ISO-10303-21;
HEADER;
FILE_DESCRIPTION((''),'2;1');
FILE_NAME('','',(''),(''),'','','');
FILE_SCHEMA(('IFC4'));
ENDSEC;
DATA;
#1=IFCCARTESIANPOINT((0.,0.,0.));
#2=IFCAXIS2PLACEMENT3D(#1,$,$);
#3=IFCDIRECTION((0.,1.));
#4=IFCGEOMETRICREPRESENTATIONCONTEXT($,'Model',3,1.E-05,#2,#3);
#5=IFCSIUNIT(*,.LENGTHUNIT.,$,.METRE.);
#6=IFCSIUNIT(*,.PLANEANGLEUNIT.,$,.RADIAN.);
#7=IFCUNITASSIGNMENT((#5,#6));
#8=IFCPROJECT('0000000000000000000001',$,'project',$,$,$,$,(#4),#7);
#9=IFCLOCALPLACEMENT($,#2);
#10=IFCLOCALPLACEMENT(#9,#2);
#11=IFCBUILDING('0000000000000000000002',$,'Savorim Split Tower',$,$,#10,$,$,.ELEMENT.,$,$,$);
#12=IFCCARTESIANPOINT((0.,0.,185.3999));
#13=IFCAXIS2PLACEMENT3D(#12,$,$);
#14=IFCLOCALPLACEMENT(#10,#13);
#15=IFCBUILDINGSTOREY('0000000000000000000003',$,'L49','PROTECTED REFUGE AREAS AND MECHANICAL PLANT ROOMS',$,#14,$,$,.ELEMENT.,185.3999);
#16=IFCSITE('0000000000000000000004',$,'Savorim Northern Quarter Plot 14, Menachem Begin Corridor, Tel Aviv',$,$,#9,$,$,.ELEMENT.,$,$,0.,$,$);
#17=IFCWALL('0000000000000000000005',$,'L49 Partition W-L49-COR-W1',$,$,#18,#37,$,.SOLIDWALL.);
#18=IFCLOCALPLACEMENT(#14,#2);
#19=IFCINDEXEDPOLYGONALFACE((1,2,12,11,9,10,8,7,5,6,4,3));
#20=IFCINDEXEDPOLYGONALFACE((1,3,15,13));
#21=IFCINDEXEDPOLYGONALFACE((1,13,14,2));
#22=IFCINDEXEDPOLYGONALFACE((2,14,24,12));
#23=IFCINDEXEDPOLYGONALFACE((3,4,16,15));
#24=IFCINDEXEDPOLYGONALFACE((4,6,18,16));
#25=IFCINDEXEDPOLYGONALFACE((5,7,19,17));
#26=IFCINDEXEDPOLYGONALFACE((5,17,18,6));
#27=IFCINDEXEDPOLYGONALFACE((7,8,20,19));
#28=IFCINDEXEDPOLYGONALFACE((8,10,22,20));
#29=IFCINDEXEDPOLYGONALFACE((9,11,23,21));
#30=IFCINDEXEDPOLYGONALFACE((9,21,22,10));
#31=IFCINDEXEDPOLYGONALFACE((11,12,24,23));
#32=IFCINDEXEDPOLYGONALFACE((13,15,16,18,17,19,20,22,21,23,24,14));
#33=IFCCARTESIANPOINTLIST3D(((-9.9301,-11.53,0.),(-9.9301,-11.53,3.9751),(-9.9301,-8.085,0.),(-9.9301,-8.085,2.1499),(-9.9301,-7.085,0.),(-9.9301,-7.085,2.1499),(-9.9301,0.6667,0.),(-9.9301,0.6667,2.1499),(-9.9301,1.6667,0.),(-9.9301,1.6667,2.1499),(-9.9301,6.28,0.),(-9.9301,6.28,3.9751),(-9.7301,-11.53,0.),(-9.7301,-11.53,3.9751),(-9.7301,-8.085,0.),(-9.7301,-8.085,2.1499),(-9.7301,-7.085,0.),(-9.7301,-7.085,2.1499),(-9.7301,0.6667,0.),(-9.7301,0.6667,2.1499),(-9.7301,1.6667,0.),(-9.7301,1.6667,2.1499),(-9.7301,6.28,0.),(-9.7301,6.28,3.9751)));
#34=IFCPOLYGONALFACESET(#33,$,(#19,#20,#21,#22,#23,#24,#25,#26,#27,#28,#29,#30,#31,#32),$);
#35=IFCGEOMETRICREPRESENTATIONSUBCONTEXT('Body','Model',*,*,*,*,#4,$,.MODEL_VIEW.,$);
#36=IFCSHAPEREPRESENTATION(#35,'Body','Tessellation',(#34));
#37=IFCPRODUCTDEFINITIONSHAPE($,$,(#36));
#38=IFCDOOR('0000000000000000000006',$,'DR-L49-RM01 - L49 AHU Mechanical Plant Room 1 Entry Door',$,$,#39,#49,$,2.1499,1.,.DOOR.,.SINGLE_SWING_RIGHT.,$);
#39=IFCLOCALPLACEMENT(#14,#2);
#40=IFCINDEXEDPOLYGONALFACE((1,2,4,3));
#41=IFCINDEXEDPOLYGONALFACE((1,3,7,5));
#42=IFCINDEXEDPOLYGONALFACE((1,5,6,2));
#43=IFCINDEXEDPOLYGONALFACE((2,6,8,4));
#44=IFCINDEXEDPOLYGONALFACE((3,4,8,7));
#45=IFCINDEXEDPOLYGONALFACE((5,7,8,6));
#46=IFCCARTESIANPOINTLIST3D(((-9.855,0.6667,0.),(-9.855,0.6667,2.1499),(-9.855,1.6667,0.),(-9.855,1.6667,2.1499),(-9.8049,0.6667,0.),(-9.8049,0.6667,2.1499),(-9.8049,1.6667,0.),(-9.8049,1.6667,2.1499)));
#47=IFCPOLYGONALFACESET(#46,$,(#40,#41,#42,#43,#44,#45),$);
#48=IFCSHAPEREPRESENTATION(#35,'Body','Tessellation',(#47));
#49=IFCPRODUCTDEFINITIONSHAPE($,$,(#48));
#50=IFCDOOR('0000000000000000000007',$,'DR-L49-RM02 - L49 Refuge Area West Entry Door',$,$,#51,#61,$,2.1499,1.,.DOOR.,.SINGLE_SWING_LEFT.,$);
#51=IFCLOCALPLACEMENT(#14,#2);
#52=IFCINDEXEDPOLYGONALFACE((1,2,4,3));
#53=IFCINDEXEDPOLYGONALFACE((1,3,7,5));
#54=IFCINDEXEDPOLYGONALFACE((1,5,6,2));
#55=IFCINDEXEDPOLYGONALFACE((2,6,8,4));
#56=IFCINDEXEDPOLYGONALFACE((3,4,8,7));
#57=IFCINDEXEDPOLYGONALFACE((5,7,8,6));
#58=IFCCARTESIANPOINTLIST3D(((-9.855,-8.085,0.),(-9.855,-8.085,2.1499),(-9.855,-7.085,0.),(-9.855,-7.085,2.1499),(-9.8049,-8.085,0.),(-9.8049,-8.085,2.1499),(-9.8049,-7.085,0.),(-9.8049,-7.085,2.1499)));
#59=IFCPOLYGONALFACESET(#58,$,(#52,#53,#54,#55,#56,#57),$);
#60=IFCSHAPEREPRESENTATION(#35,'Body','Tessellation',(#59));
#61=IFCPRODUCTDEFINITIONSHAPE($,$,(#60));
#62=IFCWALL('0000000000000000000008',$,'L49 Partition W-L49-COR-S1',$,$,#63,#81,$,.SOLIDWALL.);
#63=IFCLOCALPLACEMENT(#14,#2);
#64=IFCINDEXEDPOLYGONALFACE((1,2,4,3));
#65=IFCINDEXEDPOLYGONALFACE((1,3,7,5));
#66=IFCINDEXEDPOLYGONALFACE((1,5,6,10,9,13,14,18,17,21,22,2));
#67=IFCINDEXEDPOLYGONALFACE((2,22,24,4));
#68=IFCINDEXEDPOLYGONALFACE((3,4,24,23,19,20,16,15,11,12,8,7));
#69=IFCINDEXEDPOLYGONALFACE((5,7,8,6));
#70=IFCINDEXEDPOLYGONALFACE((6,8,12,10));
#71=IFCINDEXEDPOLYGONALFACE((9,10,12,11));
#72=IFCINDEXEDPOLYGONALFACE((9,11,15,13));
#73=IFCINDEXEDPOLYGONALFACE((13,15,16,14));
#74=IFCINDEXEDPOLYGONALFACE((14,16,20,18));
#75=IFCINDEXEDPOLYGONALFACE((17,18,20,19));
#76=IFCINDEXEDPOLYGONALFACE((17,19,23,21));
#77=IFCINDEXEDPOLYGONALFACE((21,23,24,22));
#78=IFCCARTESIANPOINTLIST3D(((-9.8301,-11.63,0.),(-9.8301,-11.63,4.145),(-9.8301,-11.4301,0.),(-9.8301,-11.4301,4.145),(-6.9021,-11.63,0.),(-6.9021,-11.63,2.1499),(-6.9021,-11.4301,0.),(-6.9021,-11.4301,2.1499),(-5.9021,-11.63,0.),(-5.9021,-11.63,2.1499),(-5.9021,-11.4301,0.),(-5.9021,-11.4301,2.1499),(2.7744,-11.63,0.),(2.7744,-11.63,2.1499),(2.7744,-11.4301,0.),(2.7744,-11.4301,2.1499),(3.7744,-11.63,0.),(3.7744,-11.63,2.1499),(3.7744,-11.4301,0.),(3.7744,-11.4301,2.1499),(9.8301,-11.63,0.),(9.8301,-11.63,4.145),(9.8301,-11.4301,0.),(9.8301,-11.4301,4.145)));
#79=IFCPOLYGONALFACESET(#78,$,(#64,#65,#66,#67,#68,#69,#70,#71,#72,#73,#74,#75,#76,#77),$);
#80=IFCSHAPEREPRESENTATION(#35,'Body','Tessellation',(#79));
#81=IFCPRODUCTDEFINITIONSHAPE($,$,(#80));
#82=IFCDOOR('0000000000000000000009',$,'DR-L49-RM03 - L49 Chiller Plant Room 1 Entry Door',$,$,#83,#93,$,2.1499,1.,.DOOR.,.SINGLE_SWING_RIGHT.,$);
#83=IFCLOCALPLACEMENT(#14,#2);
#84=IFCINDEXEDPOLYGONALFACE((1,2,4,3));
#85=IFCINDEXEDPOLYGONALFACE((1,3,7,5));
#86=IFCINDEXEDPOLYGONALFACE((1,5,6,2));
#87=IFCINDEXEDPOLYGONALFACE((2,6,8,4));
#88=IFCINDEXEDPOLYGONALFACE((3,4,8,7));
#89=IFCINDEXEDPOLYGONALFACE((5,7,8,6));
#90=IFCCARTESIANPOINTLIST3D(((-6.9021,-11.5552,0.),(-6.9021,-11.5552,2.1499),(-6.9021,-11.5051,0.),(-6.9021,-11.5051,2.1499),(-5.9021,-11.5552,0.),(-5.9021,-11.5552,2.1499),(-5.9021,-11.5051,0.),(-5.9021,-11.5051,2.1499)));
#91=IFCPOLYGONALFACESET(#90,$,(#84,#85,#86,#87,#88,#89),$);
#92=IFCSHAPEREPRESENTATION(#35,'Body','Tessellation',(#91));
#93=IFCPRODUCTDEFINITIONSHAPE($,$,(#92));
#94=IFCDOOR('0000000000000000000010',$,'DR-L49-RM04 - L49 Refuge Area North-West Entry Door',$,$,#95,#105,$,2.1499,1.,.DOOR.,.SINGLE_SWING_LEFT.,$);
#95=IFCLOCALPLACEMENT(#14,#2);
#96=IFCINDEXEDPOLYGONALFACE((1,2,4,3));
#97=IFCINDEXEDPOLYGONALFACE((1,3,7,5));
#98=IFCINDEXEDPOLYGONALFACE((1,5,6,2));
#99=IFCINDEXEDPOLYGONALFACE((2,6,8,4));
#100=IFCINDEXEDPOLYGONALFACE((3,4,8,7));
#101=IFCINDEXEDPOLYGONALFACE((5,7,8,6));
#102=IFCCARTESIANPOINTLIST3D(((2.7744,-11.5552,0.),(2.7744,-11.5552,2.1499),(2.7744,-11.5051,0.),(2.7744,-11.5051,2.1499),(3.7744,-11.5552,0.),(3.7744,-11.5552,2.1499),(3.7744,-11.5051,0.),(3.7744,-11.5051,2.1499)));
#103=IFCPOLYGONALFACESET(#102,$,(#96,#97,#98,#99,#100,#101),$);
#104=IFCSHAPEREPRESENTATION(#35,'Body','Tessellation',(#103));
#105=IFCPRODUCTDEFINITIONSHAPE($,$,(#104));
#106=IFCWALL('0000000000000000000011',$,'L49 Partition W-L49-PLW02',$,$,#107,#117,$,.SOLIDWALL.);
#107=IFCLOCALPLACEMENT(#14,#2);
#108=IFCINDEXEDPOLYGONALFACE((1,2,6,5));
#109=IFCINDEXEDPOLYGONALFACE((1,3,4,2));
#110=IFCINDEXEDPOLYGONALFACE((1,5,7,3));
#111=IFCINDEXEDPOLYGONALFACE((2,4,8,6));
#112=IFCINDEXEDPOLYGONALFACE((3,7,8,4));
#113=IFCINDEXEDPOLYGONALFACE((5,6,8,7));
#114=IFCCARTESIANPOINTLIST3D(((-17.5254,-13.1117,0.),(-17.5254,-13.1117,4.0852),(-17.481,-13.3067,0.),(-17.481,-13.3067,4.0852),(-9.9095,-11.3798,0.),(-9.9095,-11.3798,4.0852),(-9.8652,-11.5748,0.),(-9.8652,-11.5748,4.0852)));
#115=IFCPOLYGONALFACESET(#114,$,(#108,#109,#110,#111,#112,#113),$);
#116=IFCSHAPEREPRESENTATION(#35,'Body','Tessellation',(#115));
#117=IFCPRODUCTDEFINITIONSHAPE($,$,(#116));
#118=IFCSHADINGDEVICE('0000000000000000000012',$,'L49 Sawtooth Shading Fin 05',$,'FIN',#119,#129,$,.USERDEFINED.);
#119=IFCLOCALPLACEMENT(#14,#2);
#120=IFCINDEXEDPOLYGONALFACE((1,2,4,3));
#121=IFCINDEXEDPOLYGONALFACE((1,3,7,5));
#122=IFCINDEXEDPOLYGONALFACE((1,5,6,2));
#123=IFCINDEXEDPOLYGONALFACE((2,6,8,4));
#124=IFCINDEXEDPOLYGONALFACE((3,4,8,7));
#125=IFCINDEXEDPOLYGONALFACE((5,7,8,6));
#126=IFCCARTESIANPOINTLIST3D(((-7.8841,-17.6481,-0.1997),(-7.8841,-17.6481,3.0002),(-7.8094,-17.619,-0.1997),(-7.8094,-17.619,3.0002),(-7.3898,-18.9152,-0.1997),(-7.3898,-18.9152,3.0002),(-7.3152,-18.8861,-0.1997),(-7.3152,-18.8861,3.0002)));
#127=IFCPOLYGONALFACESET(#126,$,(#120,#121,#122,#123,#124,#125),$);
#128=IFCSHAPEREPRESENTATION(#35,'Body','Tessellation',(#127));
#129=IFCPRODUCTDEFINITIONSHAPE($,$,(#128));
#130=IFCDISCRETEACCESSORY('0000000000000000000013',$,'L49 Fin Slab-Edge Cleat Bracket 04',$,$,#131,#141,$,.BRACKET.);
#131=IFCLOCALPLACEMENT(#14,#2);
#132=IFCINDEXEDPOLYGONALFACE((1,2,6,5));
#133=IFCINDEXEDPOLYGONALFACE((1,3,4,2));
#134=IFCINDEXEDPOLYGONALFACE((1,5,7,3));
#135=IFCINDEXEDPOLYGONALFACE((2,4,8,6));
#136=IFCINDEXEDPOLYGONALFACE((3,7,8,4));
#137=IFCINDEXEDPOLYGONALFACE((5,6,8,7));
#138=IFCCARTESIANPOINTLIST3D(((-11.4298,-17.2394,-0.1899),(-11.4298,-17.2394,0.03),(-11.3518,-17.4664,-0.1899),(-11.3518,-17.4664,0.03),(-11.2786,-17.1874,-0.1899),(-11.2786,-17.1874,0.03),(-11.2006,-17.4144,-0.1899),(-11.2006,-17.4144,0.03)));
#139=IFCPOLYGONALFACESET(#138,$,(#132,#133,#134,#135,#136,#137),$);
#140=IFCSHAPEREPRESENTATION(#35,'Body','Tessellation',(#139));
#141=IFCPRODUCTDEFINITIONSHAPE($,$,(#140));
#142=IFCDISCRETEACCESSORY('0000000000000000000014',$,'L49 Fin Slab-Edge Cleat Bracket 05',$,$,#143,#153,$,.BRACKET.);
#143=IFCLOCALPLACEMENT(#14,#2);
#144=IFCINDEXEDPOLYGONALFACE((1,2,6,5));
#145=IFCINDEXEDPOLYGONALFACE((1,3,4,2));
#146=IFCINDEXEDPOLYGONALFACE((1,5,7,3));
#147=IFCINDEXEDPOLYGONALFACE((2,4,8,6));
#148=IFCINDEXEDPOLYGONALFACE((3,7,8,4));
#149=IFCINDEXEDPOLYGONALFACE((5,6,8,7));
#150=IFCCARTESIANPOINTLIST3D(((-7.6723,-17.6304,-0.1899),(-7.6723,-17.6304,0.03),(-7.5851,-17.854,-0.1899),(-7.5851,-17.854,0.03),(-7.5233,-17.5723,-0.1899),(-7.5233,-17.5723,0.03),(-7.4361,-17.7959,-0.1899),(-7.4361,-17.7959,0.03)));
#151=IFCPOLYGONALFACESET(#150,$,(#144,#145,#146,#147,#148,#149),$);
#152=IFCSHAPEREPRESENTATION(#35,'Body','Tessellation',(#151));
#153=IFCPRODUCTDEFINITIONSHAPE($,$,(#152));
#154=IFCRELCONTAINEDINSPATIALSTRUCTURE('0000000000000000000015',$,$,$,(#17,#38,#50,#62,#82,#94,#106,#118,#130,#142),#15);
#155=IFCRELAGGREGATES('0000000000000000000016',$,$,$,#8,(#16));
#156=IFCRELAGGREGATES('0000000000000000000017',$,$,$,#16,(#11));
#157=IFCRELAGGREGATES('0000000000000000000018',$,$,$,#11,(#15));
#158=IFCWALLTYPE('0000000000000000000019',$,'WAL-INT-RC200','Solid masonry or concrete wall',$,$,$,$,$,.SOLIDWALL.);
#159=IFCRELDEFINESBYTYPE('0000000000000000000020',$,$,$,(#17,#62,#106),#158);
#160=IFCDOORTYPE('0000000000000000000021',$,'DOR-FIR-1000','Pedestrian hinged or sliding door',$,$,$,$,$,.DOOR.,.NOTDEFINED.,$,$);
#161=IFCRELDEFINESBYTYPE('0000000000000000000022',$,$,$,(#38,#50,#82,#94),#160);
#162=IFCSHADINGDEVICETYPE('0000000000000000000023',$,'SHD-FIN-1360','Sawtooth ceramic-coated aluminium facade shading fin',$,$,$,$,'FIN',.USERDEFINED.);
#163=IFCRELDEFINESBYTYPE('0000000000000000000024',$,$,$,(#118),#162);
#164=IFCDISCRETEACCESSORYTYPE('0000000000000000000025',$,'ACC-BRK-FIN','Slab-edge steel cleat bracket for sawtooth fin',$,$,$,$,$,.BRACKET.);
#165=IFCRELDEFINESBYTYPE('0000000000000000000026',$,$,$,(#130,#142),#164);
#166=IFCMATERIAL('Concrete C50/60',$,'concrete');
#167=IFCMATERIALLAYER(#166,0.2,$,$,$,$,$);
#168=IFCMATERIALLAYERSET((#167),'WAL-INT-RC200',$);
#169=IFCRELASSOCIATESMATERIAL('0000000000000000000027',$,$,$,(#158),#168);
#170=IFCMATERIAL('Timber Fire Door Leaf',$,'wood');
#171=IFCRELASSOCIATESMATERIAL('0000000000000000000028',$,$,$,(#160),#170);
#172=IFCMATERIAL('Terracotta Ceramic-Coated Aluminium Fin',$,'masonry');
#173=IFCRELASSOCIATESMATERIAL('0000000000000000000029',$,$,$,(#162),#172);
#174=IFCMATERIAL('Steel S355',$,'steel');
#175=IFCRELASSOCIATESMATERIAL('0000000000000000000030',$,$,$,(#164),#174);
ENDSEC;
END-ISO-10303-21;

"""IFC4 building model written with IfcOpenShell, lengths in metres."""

from ifc_helpers import new_model, si_unit, direction, frame, frame_2d, origin, origin_2d, place, context, subcontext, project, spatial, rectangle, extrude, material, layer, layer_set, type_object, element, fill, save


model = new_model("IFC4")

# Units and contexts
model_context = context("Model", 3, precision=1e-05, world=origin(), true_north=direction((0.0, 1.0)))
body_context = subcontext(model_context, "Body", "Model", "MODEL_VIEW")
ifc_project = project(units=[si_unit("LENGTHUNIT", "METRE"), si_unit("PLANEANGLEUNIT", "RADIAN")], contexts=[model_context])

# Site, building, storey
site_placement = place(None, origin())
site = spatial("IfcSite", under=ifc_project, at=site_placement, Name="Savorim Northern Quarter Plot 14, Menachem Begin Corridor, Tel Aviv", CompositionType="ELEMENT", RefElevation=0.0)
building_placement = place(site_placement, origin())
building = spatial("IfcBuilding", under=site, at=building_placement, Name="Savorim Split Tower", CompositionType="ELEMENT")
storey_placement = place(building_placement, frame((0.0, 0.0, 185.3999)))
storey = spatial("IfcBuildingStorey", under=building, at=storey_placement, Name="L49", Description="PROTECTED REFUGE AREAS AND MECHANICAL PLANT ROOMS", CompositionType="ELEMENT", Elevation=185.3999)

# Shared definitions
ifc_material_1 = material(Name="Steel S355", Category="steel")

# Shared definitions
ifc_material_2 = material(Name="Timber Fire Door Leaf", Category="wood")

# Walls, openings, doors
ifc_material_3 = material(Name="Concrete C50/60", Category="concrete")
ifc_layer_1 = layer(ifc_material_3, 0.2)
ifc_layer_set_1 = layer_set([ifc_layer_1], Name="WAL-INT-RC200")
wall_type_1 = type_object("IfcWallType", Name="WAL-INT-RC200", Description="Solid masonry or concrete wall", PredefinedType="SOLIDWALL", material=ifc_layer_set_1)
wall_1_placement = place(storey_placement, frame((-9.8301, -11.53, 0.0), z_axis=(0.0, 0.0, 1.0), x_axis=(0.0, 1.0, 0.0)))
wall_1 = element("IfcWall", 1, at=wall_1_placement, inside=storey, type_object=wall_type_1, Name="L49 Partition W-L49-COR-W1", PredefinedType="SOLIDWALL", context=body_context, shape_type="SweptSolid", body=[
    extrude(rectangle(XDim=17.8101, YDim=0.2, at=frame_2d((8.905, 0.0))), origin(), (0.0, 0.0, 1.0), 3.9751),
])
opening_1_placement = place(wall_1_placement, frame((12.1968, 0.0, 0.0)))
opening_1 = element("IfcOpeningElement", 2, at=opening_1_placement, cuts=wall_1, PredefinedType="OPENING", context=body_context, shape_type="SweptSolid", body=[
    extrude(rectangle(XDim=1.0, YDim=2.1499, at=frame_2d((0.5, 1.075))), frame((0.0, 0.1099, 0.0), z_axis=(0.0, -1.0, 0.0), x_axis=(1.0, 0.0, 0.0)), (0.0, 0.0, 1.0), 0.22),
])
opening_2_placement = place(wall_1_placement, frame((3.4451, 0.0, 0.0)))
opening_2 = element("IfcOpeningElement", 3, at=opening_2_placement, cuts=wall_1, PredefinedType="OPENING", context=body_context, shape_type="SweptSolid", body=[
    extrude(rectangle(XDim=1.0, YDim=2.1499, at=frame_2d((0.5, 1.075))), frame((0.0, 0.1099, 0.0), z_axis=(0.0, -1.0, 0.0), x_axis=(1.0, 0.0, 0.0)), (0.0, 0.0, 1.0), 0.22),
])
door_type_1 = type_object("IfcDoorType", Name="DOR-FIR-1000", Description="Pedestrian hinged or sliding door", OperationType="NOTDEFINED", PredefinedType="DOOR", material=ifc_material_2)
door_1_placement = place(opening_1_placement, origin())
door_1 = element("IfcDoor", 4, at=door_1_placement, inside=storey, type_object=door_type_1, Name="DR-L49-RM01 - L49 AHU Mechanical Plant Room 1 Entry Door", OperationType="SINGLE_SWING_RIGHT", OverallHeight=2.1499, OverallWidth=1.0, PredefinedType="DOOR", context=body_context, shape_type="SweptSolid", body=[
    extrude(rectangle(XDim=1.0, YDim=2.1499, at=frame_2d((0.5, 1.075))), frame((0.0, 0.0249, 0.0), z_axis=(0.0, -1.0, 0.0), x_axis=(1.0, 0.0, 0.0)), (0.0, 0.0, 1.0), 0.05),
])
fill(opening_1, door_1)
door_2_placement = place(opening_2_placement, origin())
door_2 = element("IfcDoor", 5, at=door_2_placement, inside=storey, type_object=door_type_1, Name="DR-L49-RM02 - L49 Refuge Area West Entry Door", OperationType="SINGLE_SWING_LEFT", OverallHeight=2.1499, OverallWidth=1.0, PredefinedType="DOOR", context=body_context, shape_type="SweptSolid", body=[
    extrude(rectangle(XDim=1.0, YDim=2.1499, at=frame_2d((0.5, 1.075))), frame((0.0, 0.0249, 0.0), z_axis=(0.0, -1.0, 0.0), x_axis=(1.0, 0.0, 0.0)), (0.0, 0.0, 1.0), 0.05),
])
fill(opening_2, door_2)
wall_2_placement = place(storey_placement, frame((-9.8301, -11.53, 0.0), z_axis=(0.0, 0.0, 1.0), x_axis=(1.0, 0.0, 0.0)))
wall_2 = element("IfcWall", 6, at=wall_2_placement, inside=storey, type_object=wall_type_1, Name="L49 Partition W-L49-COR-S1", PredefinedType="SOLIDWALL", context=body_context, shape_type="SweptSolid", body=[
    extrude(rectangle(XDim=19.6602, YDim=0.2, at=frame_2d((9.8301, 0.0))), origin(), (0.0, 0.0, 1.0), 4.145),
])
opening_3_placement = place(wall_2_placement, frame((2.928, 0.0, 0.0)))
opening_3 = element("IfcOpeningElement", 7, at=opening_3_placement, cuts=wall_2, PredefinedType="OPENING", context=body_context, shape_type="SweptSolid", body=[
    extrude(rectangle(XDim=1.0, YDim=2.1499, at=frame_2d((0.5, 1.075))), frame((0.0, 0.1099, 0.0), z_axis=(0.0, -1.0, 0.0), x_axis=(1.0, 0.0, 0.0)), (0.0, 0.0, 1.0), 0.22),
])
opening_4_placement = place(wall_2_placement, frame((12.6045, 0.0, 0.0)))
opening_4 = element("IfcOpeningElement", 8, at=opening_4_placement, cuts=wall_2, PredefinedType="OPENING", context=body_context, shape_type="SweptSolid", body=[
    extrude(rectangle(XDim=1.0, YDim=2.1499, at=frame_2d((0.5, 1.075))), frame((0.0, 0.1099, 0.0), z_axis=(0.0, -1.0, 0.0), x_axis=(1.0, 0.0, 0.0)), (0.0, 0.0, 1.0), 0.22),
])
door_3_placement = place(opening_3_placement, origin())
door_3 = element("IfcDoor", 9, at=door_3_placement, inside=storey, type_object=door_type_1, Name="DR-L49-RM03 - L49 Chiller Plant Room 1 Entry Door", OperationType="SINGLE_SWING_RIGHT", OverallHeight=2.1499, OverallWidth=1.0, PredefinedType="DOOR", context=body_context, shape_type="SweptSolid", body=[
    extrude(rectangle(XDim=1.0, YDim=2.1499, at=frame_2d((0.5, 1.075))), frame((0.0, 0.0249, 0.0), z_axis=(0.0, -1.0, 0.0), x_axis=(1.0, 0.0, 0.0)), (0.0, 0.0, 1.0), 0.05),
])
fill(opening_3, door_3)
door_4_placement = place(opening_4_placement, origin())
door_4 = element("IfcDoor", 10, at=door_4_placement, inside=storey, type_object=door_type_1, Name="DR-L49-RM04 - L49 Refuge Area North-West Entry Door", OperationType="SINGLE_SWING_LEFT", OverallHeight=2.1499, OverallWidth=1.0, PredefinedType="DOOR", context=body_context, shape_type="SweptSolid", body=[
    extrude(rectangle(XDim=1.0, YDim=2.1499, at=frame_2d((0.5, 1.075))), frame((0.0, 0.0249, 0.0), z_axis=(0.0, -1.0, 0.0), x_axis=(1.0, 0.0, 0.0)), (0.0, 0.0, 1.0), 0.05),
])
fill(opening_4, door_4)

# Wall
wall_3_placement = place(storey_placement, frame((-9.8872, -11.4773, 0.0), z_axis=(0.0, 0.0, 1.0), x_axis=(-0.975104, -0.221747, 0.0)))
element("IfcWall", 11, at=wall_3_placement, inside=storey, type_object=wall_type_1, Name="L49 Partition W-L49-PLW02", PredefinedType="SOLIDWALL", context=body_context, shape_type="SweptSolid", body=[
    extrude(rectangle(XDim=7.8103, YDim=0.2, at=frame_2d((3.9053, 0.0))), origin(), (0.0, 0.0, 1.0), 4.0852),
])

# Shading device
ifc_material_4 = material(Name="Terracotta Ceramic-Coated Aluminium Fin", Category="masonry")
shading_device_type = type_object("IfcShadingDeviceType", Name="SHD-FIN-1360", Description="Sawtooth ceramic-coated aluminium facade shading fin", ElementType="FIN", PredefinedType="USERDEFINED", material=ifc_material_4)
shading_device_placement = place(storey_placement, frame((-7.5996, -18.2671, -0.1997), z_axis=(0.0, 0.0, 1.0), x_axis=(0.363415, -0.931627, 0.0)))
element("IfcShadingDevice", 12, at=shading_device_placement, inside=storey, type_object=shading_device_type, Name="L49 Sawtooth Shading Fin 05", ObjectType="FIN", PredefinedType="USERDEFINED", context=body_context, shape_type="SweptSolid", body=[
    extrude(rectangle(XDim=1.3601, YDim=0.0801, at=origin_2d()), origin(), (0.0, 0.0, 1.0), 3.2),
])

# Discrete accessories
discrete_accessory_type = type_object("IfcDiscreteAccessoryType", Name="ACC-BRK-FIN", Description="Slab-edge steel cleat bracket for sawtooth fin", PredefinedType="BRACKET", material=ifc_material_1)
for number, where, z_axis, x_axis, name in (
    (13, (-11.3152, -17.3269, -0.1899), (0.0, 0.0, 1.0), (0.324994, -0.945716, 0.0), "L49 Fin Slab-Edge Cleat Bracket 04"),
    (14, (-7.5542, -17.7131, -0.1899), (0.0, 0.0, 1.0), (0.363415, -0.931627, 0.0), "L49 Fin Slab-Edge Cleat Bracket 05"),
):
    element("IfcDiscreteAccessory", number, at=place(storey_placement, frame(where, z_axis=z_axis, x_axis=x_axis)), inside=storey, type_object=discrete_accessory_type, Name=name, PredefinedType="BRACKET", context=body_context, shape_type="SweptSolid", body=[
        extrude(rectangle(XDim=0.24, YDim=0.1599, at=origin_2d()), origin(), (0.0, 0.0, 1.0), 0.22),
    ])

save(model, "model.ifc")
